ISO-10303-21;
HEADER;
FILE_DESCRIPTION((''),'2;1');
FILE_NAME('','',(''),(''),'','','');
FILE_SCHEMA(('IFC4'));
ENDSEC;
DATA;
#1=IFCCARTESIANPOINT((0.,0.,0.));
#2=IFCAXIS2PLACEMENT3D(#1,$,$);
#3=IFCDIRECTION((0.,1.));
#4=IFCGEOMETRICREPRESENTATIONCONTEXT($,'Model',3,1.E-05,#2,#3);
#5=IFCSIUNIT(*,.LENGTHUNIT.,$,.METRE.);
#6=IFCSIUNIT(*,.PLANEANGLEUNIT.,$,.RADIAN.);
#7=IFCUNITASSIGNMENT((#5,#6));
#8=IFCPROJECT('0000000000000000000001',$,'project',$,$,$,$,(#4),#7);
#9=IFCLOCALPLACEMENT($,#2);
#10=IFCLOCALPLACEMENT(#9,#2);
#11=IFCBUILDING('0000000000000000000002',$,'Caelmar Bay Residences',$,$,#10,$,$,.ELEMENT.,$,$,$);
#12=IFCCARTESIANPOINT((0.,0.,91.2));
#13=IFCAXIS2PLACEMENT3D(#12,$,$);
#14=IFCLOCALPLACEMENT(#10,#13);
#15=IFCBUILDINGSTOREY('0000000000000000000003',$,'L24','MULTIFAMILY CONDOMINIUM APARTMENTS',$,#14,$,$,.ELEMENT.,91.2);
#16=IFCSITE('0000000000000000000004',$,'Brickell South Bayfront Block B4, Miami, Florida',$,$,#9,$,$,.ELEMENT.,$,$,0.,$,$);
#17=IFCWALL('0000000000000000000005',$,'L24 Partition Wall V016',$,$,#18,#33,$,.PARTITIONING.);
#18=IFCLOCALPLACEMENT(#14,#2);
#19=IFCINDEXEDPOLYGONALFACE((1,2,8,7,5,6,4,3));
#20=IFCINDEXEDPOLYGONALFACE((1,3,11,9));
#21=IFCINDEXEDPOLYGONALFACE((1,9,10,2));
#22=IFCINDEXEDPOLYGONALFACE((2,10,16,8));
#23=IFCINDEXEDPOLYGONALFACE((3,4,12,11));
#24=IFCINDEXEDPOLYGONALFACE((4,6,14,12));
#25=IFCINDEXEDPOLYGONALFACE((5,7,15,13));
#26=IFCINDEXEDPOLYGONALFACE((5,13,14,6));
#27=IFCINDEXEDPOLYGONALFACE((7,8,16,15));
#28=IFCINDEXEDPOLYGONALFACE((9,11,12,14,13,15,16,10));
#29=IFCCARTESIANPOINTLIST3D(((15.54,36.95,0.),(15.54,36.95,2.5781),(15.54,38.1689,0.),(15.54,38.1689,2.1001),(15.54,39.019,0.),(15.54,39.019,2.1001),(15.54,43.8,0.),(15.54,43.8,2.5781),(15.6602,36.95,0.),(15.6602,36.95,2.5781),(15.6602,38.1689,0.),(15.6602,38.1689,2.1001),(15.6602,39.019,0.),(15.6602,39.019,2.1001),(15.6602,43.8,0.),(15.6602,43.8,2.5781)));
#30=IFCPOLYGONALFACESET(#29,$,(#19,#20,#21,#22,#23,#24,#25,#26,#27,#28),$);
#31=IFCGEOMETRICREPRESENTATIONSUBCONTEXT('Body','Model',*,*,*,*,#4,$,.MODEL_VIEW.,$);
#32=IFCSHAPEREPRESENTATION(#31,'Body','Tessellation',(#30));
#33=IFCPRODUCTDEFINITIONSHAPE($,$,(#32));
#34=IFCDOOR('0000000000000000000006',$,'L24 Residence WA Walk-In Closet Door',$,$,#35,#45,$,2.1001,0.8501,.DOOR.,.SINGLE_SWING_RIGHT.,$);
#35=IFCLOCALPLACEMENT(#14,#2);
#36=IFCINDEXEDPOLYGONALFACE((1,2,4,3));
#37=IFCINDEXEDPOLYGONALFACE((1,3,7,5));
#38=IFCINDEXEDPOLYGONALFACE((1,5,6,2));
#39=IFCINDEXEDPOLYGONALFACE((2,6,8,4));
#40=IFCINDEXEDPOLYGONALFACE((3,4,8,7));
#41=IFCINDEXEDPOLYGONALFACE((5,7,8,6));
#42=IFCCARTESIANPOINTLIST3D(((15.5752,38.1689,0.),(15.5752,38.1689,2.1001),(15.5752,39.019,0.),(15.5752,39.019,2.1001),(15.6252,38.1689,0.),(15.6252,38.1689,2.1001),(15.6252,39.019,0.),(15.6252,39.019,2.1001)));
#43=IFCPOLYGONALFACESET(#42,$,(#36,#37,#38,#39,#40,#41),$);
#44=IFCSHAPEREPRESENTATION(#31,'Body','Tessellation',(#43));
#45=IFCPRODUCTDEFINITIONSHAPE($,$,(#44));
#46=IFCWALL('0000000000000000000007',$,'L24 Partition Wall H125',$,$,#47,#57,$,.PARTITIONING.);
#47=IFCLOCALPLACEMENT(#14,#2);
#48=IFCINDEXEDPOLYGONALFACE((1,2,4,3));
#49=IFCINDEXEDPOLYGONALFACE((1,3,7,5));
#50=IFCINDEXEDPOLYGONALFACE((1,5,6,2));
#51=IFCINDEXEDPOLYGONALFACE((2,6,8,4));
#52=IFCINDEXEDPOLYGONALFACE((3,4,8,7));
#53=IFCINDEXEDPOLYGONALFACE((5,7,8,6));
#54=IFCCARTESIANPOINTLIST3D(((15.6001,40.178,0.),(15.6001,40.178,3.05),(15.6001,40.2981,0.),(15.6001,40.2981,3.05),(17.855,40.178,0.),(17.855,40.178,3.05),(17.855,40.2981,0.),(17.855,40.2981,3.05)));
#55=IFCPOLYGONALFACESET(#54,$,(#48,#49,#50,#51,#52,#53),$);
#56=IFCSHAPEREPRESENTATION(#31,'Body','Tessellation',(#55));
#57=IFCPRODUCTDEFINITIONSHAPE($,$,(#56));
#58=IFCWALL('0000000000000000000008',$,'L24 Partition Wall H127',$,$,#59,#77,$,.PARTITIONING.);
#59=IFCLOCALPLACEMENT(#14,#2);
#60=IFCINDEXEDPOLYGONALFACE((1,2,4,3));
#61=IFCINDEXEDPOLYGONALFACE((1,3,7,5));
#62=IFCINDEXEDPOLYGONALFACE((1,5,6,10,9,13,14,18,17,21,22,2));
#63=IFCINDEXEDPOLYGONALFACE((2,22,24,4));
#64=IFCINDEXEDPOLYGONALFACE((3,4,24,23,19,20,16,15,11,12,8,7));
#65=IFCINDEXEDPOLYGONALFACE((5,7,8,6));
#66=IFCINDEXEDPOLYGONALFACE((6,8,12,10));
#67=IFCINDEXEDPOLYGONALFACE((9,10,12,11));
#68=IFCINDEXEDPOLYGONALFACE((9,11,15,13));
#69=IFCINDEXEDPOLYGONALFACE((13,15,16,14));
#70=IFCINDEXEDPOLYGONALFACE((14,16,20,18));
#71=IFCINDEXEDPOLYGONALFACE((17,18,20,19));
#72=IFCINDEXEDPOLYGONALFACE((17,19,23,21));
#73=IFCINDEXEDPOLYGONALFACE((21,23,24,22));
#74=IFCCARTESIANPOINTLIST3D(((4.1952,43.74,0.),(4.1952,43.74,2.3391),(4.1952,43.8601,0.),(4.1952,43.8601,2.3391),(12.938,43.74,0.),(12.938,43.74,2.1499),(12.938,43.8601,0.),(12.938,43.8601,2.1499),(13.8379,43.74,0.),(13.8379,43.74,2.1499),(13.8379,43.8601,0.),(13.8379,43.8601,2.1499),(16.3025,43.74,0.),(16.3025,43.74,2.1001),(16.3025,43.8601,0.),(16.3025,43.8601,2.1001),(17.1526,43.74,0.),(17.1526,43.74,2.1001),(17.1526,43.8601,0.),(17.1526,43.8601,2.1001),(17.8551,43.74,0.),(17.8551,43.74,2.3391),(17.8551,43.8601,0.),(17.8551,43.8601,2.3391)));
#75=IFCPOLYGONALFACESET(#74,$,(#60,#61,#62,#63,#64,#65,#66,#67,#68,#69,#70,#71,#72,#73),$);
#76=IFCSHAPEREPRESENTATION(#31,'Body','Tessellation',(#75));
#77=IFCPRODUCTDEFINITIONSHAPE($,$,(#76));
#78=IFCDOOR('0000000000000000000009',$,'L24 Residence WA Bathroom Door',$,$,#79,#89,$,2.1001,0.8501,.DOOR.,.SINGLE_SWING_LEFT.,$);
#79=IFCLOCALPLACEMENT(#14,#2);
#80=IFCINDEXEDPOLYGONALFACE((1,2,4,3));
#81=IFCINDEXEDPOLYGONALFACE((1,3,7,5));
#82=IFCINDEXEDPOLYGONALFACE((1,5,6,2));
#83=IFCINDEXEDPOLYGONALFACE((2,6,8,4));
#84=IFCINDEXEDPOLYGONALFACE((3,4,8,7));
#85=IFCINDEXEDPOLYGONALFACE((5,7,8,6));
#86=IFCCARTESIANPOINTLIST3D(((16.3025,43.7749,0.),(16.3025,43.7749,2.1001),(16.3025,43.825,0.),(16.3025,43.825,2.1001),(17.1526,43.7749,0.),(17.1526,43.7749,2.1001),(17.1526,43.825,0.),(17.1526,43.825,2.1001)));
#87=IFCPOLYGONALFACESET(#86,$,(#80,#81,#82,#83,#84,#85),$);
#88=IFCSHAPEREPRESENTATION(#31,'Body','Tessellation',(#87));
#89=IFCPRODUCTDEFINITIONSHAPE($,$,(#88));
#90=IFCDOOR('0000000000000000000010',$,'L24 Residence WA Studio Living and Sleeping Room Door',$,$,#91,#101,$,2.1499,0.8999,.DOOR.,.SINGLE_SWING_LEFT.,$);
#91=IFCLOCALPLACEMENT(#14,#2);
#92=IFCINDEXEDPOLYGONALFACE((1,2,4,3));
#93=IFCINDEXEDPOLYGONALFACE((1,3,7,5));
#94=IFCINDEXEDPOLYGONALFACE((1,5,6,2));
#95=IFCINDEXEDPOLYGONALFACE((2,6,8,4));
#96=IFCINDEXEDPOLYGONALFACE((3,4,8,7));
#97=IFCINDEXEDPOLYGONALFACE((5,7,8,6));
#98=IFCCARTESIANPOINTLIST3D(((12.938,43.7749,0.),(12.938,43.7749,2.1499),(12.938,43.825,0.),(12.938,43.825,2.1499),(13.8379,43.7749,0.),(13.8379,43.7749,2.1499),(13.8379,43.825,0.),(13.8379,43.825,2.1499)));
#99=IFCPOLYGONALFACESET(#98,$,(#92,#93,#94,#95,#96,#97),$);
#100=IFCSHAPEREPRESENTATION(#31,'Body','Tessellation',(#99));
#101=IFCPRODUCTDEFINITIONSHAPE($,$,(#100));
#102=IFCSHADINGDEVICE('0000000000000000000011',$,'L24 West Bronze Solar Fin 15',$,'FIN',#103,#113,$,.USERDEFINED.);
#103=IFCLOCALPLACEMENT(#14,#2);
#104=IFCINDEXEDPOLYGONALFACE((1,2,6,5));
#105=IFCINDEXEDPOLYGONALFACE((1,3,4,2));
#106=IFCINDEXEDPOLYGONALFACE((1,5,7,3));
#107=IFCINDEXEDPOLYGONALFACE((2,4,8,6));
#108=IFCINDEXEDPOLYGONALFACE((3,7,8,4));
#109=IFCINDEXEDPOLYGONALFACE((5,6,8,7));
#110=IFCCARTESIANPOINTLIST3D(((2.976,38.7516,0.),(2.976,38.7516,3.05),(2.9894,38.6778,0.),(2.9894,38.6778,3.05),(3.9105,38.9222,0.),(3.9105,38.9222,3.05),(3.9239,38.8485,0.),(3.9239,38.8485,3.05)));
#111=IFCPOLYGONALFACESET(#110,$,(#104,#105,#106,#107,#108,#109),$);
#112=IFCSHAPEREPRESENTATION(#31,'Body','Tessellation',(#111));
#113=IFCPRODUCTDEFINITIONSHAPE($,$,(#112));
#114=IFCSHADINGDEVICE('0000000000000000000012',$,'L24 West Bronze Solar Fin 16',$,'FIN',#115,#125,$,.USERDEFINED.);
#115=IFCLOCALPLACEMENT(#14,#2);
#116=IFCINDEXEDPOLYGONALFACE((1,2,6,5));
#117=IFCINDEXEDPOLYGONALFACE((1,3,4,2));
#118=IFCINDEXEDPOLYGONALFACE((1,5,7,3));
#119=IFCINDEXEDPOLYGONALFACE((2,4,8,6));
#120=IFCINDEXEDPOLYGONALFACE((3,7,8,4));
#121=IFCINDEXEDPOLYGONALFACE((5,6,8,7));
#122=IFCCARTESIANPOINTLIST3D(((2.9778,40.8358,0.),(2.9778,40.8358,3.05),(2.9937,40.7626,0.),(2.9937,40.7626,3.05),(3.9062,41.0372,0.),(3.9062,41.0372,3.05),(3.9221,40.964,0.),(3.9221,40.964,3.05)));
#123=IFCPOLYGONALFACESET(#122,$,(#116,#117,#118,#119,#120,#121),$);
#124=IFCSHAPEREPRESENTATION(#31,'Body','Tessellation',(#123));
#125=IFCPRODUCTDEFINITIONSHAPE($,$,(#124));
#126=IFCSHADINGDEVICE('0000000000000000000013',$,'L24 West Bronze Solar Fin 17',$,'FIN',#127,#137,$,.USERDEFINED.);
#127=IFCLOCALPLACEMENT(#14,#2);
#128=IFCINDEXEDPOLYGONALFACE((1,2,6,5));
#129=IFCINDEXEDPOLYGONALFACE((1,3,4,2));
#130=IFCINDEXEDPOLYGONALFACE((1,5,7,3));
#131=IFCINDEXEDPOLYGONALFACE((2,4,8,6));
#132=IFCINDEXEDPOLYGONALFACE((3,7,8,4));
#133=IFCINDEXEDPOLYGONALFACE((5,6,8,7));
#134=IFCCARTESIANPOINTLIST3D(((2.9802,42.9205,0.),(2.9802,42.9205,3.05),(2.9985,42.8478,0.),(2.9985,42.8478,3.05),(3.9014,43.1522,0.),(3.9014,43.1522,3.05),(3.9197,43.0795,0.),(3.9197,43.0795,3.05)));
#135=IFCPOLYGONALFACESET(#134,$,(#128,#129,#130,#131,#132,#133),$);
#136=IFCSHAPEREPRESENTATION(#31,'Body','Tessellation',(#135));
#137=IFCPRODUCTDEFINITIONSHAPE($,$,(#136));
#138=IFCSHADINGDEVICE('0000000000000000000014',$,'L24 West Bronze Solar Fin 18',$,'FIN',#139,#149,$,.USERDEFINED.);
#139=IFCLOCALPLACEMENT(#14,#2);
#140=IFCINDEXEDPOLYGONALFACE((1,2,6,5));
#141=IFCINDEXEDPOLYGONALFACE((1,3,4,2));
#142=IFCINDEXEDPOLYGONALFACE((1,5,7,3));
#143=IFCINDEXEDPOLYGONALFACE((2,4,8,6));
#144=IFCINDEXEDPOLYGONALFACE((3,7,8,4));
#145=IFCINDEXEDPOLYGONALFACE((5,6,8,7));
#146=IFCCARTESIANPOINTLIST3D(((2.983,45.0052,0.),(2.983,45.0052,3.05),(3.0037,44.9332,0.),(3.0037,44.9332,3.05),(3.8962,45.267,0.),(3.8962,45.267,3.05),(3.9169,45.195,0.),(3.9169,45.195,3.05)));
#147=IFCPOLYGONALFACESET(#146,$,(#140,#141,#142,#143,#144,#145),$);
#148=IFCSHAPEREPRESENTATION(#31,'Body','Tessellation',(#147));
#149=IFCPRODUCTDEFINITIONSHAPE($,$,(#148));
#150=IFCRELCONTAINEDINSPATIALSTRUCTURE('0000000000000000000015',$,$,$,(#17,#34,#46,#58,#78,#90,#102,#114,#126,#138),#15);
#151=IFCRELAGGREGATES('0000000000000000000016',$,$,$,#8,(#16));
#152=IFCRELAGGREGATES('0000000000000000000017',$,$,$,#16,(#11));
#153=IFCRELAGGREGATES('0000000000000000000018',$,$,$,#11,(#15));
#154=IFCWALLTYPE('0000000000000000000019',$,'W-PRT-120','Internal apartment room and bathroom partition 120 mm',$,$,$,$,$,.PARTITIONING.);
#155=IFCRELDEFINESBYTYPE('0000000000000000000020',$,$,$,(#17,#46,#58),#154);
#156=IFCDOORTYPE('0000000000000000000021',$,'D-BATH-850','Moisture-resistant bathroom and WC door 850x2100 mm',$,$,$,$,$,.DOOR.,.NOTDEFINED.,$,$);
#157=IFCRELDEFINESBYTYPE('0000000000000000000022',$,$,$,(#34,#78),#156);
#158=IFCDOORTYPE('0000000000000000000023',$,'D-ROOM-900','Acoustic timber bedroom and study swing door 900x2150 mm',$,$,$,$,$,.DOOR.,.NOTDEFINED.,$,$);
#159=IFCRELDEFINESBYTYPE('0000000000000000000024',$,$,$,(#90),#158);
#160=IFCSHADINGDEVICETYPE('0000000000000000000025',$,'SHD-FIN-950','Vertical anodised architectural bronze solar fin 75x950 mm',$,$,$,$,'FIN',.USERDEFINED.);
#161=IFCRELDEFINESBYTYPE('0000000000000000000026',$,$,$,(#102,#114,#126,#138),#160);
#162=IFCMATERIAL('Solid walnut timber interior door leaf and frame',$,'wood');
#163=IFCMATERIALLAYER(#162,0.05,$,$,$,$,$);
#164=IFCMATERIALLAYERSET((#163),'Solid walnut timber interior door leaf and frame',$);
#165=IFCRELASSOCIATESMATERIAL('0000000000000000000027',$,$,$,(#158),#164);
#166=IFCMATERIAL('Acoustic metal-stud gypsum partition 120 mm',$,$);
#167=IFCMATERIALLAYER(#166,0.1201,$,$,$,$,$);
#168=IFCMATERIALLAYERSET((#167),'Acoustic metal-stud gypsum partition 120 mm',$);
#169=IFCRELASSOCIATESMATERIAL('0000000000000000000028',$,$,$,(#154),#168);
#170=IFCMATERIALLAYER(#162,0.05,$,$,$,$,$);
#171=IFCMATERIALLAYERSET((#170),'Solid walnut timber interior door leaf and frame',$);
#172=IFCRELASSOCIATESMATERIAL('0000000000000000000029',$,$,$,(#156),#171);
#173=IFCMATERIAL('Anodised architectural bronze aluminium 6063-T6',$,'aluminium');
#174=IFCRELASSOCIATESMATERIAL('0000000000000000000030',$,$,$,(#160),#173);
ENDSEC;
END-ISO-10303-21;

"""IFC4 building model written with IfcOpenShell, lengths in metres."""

from ifc_helpers import new_model, si_unit, direction, frame, frame_2d, origin, origin_2d, place, context, subcontext, project, spatial, rectangle, extrude, material, layer, layer_set, material_profile, profile_set, type_object, element, fill, save


model = new_model("IFC4")

# Units and contexts
model_context = context("Model", 3, precision=1e-05, world=origin(), true_north=direction((0.0, 1.0)))
body_context = subcontext(model_context, "Body", "Model", "MODEL_VIEW")
ifc_project = project(units=[si_unit("LENGTHUNIT", "METRE"), si_unit("PLANEANGLEUNIT", "RADIAN")], contexts=[model_context])

# Site, building, storey
site_placement = place(None, origin())
site = spatial("IfcSite", under=ifc_project, at=site_placement, Name="Brickell South Bayfront Block B4, Miami, Florida", CompositionType="ELEMENT", RefElevation=0.0)
building_placement = place(site_placement, origin())
building = spatial("IfcBuilding", under=site, at=building_placement, Name="Caelmar Bay Residences", CompositionType="ELEMENT")
storey_placement = place(building_placement, frame((0.0, 0.0, 91.2)))
storey = spatial("IfcBuildingStorey", under=building, at=storey_placement, Name="L24", Description="MULTIFAMILY CONDOMINIUM APARTMENTS", CompositionType="ELEMENT", Elevation=91.2)

# Wall, opening, door
ifc_material_1 = material(Name="Solid walnut timber interior door leaf and frame", Category="wood")
ifc_layer_1 = layer(ifc_material_1, 0.05)
ifc_layer_set_1 = layer_set([ifc_layer_1], Name="Solid walnut timber interior door leaf and frame")
door_type_1 = type_object("IfcDoorType", Name="D-ROOM-900", Description="Acoustic timber bedroom and study swing door 900x2150 mm", OperationType="NOTDEFINED", PredefinedType="DOOR", material=ifc_layer_set_1)
ifc_material_2 = material(Name="Acoustic metal-stud gypsum partition 120 mm")
ifc_layer_2 = layer(ifc_material_2, 0.1201)
ifc_layer_set_2 = layer_set([ifc_layer_2], Name="Acoustic metal-stud gypsum partition 120 mm")
wall_type_1 = type_object("IfcWallType", Name="W-PRT-120", Description="Internal apartment room and bathroom partition 120 mm", PredefinedType="PARTITIONING", material=ifc_layer_set_2)
wall_1_placement = place(storey_placement, frame((15.6001, 36.95, 0.0), z_axis=(0.0, 0.0, 1.0), x_axis=(0.0, 1.0, 0.0)))
wall_1 = element("IfcWall", 1, at=wall_1_placement, inside=storey, type_object=wall_type_1, Name="L24 Partition Wall V016", PredefinedType="PARTITIONING", context=body_context, shape_type="SweptSolid", body=[
    extrude(rectangle(XDim=6.8501, YDim=0.1201, at=frame_2d((3.425, 0.0))), origin(), (0.0, 0.0, 1.0), 2.5781),
])
opening_1_placement = place(wall_1_placement, frame((1.219, 0.0, 0.0)))
opening_1 = element("IfcOpeningElement", 2, at=opening_1_placement, cuts=wall_1, PredefinedType="OPENING", context=body_context, shape_type="SweptSolid", body=[
    extrude(rectangle(XDim=0.8501, YDim=2.1001, at=frame_2d((0.425, 1.05))), frame((0.0, 0.0701, 0.0), z_axis=(0.0, -1.0, 0.0), x_axis=(1.0, 0.0, 0.0)), (0.0, 0.0, 1.0), 0.1401),
])
ifc_layer_3 = layer(ifc_material_1, 0.05)
ifc_layer_set_3 = layer_set([ifc_layer_3], Name="Solid walnut timber interior door leaf and frame")
door_type_2 = type_object("IfcDoorType", Name="D-BATH-850", Description="Moisture-resistant bathroom and WC door 850x2100 mm", OperationType="NOTDEFINED", PredefinedType="DOOR", material=ifc_layer_set_3)
door_1_placement = place(opening_1_placement, origin())
door_1 = element("IfcDoor", 3, at=door_1_placement, inside=storey, type_object=door_type_2, Name="L24 Residence WA Walk-In Closet Door", OperationType="SINGLE_SWING_RIGHT", OverallHeight=2.1001, OverallWidth=0.8501, PredefinedType="DOOR", context=body_context, shape_type="SweptSolid", body=[
    extrude(rectangle(XDim=0.8501, YDim=2.1001, at=frame_2d((0.425, 1.05))), frame((0.0, 0.0249, 0.0), z_axis=(0.0, -1.0, 0.0), x_axis=(1.0, 0.0, 0.0)), (0.0, 0.0, 1.0), 0.05),
])
fill(opening_1, door_1)

# Wall
wall_2_placement = place(storey_placement, frame((15.6001, 40.238, 0.0), z_axis=(0.0, 0.0, 1.0), x_axis=(1.0, 0.0, 0.0)))
element("IfcWall", 4, at=wall_2_placement, inside=storey, type_object=wall_type_1, Name="L24 Partition Wall H125", PredefinedType="PARTITIONING", context=body_context, shape_type="SweptSolid", body=[
    extrude(rectangle(XDim=2.2549, YDim=0.1201, at=frame_2d((1.1274, 0.0))), origin(), (0.0, 0.0, 1.0), 3.05),
])

# Wall, openings, doors
wall_3_placement = place(storey_placement, frame((4.1951, 43.8, 0.0), z_axis=(0.0, 0.0, 1.0), x_axis=(1.0, 0.0, 0.0)))
wall_3 = element("IfcWall", 5, at=wall_3_placement, inside=storey, type_object=wall_type_1, Name="L24 Partition Wall H127", PredefinedType="PARTITIONING", context=body_context, shape_type="SweptSolid", body=[
    extrude(rectangle(XDim=13.6599, YDim=0.1201, at=frame_2d((6.8301, 0.0))), origin(), (0.0, 0.0, 1.0), 2.3391),
])
opening_2_placement = place(wall_3_placement, frame((8.7429, 0.0, 0.0)))
opening_2 = element("IfcOpeningElement", 6, at=opening_2_placement, cuts=wall_3, PredefinedType="OPENING", context=body_context, shape_type="SweptSolid", body=[
    extrude(rectangle(XDim=0.8999, YDim=2.1499, at=frame_2d((0.45, 1.075))), frame((0.0, 0.0701, 0.0), z_axis=(0.0, -1.0, 0.0), x_axis=(1.0, 0.0, 0.0)), (0.0, 0.0, 1.0), 0.1401),
])
opening_3_placement = place(wall_3_placement, frame((12.1074, 0.0, 0.0)))
opening_3 = element("IfcOpeningElement", 7, at=opening_3_placement, cuts=wall_3, PredefinedType="OPENING", context=body_context, shape_type="SweptSolid", body=[
    extrude(rectangle(XDim=0.8501, YDim=2.1001, at=frame_2d((0.425, 1.05))), frame((0.0, 0.0701, 0.0), z_axis=(0.0, -1.0, 0.0), x_axis=(1.0, 0.0, 0.0)), (0.0, 0.0, 1.0), 0.1401),
])
door_2_placement = place(opening_3_placement, origin())
door_2 = element("IfcDoor", 8, at=door_2_placement, inside=storey, type_object=door_type_2, Name="L24 Residence WA Bathroom Door", OperationType="SINGLE_SWING_LEFT", OverallHeight=2.1001, OverallWidth=0.8501, PredefinedType="DOOR", context=body_context, shape_type="SweptSolid", body=[
    extrude(rectangle(XDim=0.8501, YDim=2.1001, at=frame_2d((0.425, 1.05))), frame((0.0, 0.0249, 0.0), z_axis=(0.0, -1.0, 0.0), x_axis=(1.0, 0.0, 0.0)), (0.0, 0.0, 1.0), 0.05),
])
fill(opening_3, door_2)
door_3_placement = place(opening_2_placement, origin())
door_3 = element("IfcDoor", 9, at=door_3_placement, inside=storey, type_object=door_type_1, Name="L24 Residence WA Studio Living and Sleeping Room Door", OperationType="SINGLE_SWING_LEFT", OverallHeight=2.1499, OverallWidth=0.8999, PredefinedType="DOOR", context=body_context, shape_type="SweptSolid", body=[
    extrude(rectangle(XDim=0.8999, YDim=2.1499, at=frame_2d((0.45, 1.075))), frame((0.0, 0.0249, 0.0), z_axis=(0.0, -1.0, 0.0), x_axis=(1.0, 0.0, 0.0)), (0.0, 0.0, 1.0), 0.05),
])
fill(opening_2, door_3)

# Shading devices
ifc_material_3 = material(Name="Anodised architectural bronze aluminium 6063-T6", Category="aluminium")
ifc_material_profile_1 = material_profile(ifc_material_3, rectangle(XDim=0.075, YDim=0.95, at=origin_2d()), Name="BRONZE-FIN-75X950")
ifc_profile_set_1 = profile_set([ifc_material_profile_1], Name="Anodised architectural bronze aluminium 6063-T6")
shading_device_type = type_object("IfcShadingDeviceType", Name="SHD-FIN-950", Description="Vertical anodised architectural bronze solar fin 75x950 mm", ElementType="FIN", PredefinedType="USERDEFINED", material=ifc_profile_set_1)
for number, where, z_axis, x_axis, name in (
    (10, (3.45, 38.8, 0.0), (0.0, 0.0, 1.0), (-0.179661, 0.983729, 0.0), "L24 West Bronze Solar Fin 15"),
    (11, (3.45, 40.8999, 0.0), (0.0, 0.0, 1.0), (-0.212007, 0.977268, 0.0), "L24 West Bronze Solar Fin 16"),
    (12, (3.45, 43.0, 0.0), (0.0, 0.0, 1.0), (-0.243954, 0.969787, 0.0), "L24 West Bronze Solar Fin 17"),
    (13, (3.45, 45.1001, 0.0), (0.0, 0.0, 1.0), (-0.275637, 0.961262, 0.0), "L24 West Bronze Solar Fin 18"),
):
    element("IfcShadingDevice", number, at=place(storey_placement, frame(where, z_axis=z_axis, x_axis=x_axis)), inside=storey, type_object=shading_device_type, Name=name, ObjectType="FIN", PredefinedType="USERDEFINED", context=body_context, shape_type="SweptSolid", body=[
        extrude(rectangle(XDim=0.075, YDim=0.95, at=origin_2d()), origin(), (0.0, 0.0, 1.0), 3.05),
    ])

save(model, "model.ifc")
